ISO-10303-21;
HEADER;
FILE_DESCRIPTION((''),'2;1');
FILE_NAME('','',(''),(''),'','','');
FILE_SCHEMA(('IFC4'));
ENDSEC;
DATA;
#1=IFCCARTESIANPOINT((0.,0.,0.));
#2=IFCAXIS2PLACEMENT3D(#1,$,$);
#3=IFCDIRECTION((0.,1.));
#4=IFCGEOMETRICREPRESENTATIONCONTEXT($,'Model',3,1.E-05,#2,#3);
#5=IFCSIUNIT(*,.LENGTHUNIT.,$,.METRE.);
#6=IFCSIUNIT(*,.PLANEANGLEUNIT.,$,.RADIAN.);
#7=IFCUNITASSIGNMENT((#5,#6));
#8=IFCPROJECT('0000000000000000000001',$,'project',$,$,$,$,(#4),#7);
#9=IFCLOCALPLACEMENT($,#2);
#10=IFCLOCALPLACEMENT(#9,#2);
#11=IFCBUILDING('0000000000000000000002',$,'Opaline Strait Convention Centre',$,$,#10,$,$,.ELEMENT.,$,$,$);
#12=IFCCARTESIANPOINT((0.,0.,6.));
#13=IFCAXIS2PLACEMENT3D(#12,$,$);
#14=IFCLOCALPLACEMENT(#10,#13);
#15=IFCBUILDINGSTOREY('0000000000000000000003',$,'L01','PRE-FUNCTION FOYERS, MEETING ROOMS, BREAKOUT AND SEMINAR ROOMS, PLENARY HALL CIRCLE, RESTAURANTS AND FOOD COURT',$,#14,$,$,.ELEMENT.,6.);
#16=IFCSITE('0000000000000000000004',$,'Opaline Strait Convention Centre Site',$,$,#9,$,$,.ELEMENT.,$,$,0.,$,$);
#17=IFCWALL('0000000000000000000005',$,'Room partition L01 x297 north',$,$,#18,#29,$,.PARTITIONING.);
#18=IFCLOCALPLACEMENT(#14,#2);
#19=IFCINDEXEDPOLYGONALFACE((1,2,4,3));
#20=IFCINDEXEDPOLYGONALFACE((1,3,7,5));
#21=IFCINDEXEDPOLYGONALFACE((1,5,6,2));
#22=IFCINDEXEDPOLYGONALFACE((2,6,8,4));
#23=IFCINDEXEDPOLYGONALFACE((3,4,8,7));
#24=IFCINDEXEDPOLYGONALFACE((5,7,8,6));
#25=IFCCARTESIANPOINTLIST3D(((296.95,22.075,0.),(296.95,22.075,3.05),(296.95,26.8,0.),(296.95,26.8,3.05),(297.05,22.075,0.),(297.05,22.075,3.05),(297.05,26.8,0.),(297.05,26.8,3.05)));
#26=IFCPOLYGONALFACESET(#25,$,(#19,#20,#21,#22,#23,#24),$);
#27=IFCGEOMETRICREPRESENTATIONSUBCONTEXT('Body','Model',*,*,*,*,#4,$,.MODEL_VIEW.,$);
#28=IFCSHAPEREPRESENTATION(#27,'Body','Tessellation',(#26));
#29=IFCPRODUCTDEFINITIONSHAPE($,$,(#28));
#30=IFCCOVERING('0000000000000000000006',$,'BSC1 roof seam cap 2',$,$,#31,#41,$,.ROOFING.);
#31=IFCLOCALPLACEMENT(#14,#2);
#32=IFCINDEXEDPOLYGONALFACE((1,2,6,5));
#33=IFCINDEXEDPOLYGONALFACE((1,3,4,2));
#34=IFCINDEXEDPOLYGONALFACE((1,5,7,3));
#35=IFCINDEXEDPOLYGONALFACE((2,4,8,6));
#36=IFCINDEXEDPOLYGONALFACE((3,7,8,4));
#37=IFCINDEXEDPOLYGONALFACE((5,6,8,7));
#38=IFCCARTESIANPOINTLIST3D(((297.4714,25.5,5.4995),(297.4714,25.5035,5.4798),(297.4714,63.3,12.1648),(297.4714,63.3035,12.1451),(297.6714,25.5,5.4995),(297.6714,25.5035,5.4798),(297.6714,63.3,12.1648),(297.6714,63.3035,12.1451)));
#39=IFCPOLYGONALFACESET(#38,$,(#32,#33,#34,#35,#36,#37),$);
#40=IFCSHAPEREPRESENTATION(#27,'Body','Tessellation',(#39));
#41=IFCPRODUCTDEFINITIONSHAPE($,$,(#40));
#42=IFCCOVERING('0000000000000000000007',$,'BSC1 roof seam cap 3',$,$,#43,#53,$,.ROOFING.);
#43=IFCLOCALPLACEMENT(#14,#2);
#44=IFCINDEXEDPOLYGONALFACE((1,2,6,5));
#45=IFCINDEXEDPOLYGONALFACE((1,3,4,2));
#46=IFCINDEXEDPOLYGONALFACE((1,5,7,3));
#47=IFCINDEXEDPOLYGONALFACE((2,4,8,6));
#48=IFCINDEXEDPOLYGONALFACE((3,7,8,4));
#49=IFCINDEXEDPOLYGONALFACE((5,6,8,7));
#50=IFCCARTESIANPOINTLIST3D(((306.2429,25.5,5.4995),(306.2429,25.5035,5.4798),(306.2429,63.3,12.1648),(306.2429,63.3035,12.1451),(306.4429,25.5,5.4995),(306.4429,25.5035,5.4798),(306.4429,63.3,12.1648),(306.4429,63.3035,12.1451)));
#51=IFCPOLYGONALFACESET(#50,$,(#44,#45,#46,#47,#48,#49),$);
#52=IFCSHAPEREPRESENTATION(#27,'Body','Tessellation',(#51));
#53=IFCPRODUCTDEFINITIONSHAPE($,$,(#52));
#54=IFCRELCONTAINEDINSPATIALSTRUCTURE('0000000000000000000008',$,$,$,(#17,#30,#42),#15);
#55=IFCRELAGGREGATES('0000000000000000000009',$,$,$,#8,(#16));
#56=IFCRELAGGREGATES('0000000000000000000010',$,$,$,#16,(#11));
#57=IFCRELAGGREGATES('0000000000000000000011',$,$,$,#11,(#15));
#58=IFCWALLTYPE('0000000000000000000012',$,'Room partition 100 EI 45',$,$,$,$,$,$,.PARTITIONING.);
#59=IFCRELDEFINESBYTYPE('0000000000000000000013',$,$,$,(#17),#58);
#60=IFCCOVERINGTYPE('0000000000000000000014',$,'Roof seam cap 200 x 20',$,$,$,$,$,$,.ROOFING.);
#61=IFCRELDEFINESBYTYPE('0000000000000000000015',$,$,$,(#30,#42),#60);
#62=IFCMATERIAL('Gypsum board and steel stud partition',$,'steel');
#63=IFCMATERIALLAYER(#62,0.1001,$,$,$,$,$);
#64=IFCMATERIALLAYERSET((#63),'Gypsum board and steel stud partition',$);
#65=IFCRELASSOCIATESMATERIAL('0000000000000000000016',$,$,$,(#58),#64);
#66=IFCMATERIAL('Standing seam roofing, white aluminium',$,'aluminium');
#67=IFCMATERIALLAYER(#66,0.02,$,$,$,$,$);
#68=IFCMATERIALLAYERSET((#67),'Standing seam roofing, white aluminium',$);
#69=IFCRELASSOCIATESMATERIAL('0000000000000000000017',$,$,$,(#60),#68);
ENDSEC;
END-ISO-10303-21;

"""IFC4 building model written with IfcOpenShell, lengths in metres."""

from ifc_helpers import new_model, si_unit, direction, frame, frame_2d, origin, place, context, subcontext, project, spatial, polyline, rectangle, outline, extrude, material, layer, layer_set, type_object, element, save


model = new_model("IFC4")

# Units and contexts
model_context = context("Model", 3, precision=1e-05, world=origin(), true_north=direction((0.0, 1.0)))
body_context = subcontext(model_context, "Body", "Model", "MODEL_VIEW")
ifc_project = project(units=[si_unit("LENGTHUNIT", "METRE"), si_unit("PLANEANGLEUNIT", "RADIAN")], contexts=[model_context])

# Site, building, storey
site_placement = place(None, origin())
site = spatial("IfcSite", under=ifc_project, at=site_placement, Name="Opaline Strait Convention Centre Site", CompositionType="ELEMENT", RefElevation=0.0)
building_placement = place(site_placement, origin())
building = spatial("IfcBuilding", under=site, at=building_placement, Name="Opaline Strait Convention Centre", CompositionType="ELEMENT")
storey_placement = place(building_placement, frame((0.0, 0.0, 6.0)))
storey = spatial("IfcBuildingStorey", under=building, at=storey_placement, Name="L01", Description="PRE-FUNCTION FOYERS, MEETING ROOMS, BREAKOUT AND SEMINAR ROOMS, PLENARY HALL CIRCLE, RESTAURANTS AND FOOD COURT", CompositionType="ELEMENT", Elevation=6.0)

# Shared definitions
ifc_material_1 = material(Name="Gypsum board and steel stud partition", Category="steel")

# Wall
ifc_layer_1 = layer(ifc_material_1, 0.1001)
ifc_layer_set_1 = layer_set([ifc_layer_1], Name="Gypsum board and steel stud partition")
wall_type_1 = type_object("IfcWallType", Name="Room partition 100 EI 45", PredefinedType="PARTITIONING", material=ifc_layer_set_1)
wall_1_placement = place(storey_placement, frame((297.0, 22.075, 0.0), z_axis=(0.0, 0.0, 1.0), x_axis=(0.0, 1.0, 0.0)))
element("IfcWall", 1, at=wall_1_placement, inside=storey, type_object=wall_type_1, Name="Room partition L01 x297 north", PredefinedType="PARTITIONING", context=body_context, shape_type="SweptSolid", body=[
    extrude(rectangle(XDim=4.7251, YDim=0.1001, at=frame_2d((2.3625, 0.0))), origin(), (0.0, 0.0, 1.0), 3.05),
])

# Coverings
ifc_material_2 = material(Name="Standing seam roofing, white aluminium", Category="aluminium")
ifc_layer_2 = layer(ifc_material_2, 0.02)
ifc_layer_set_2 = layer_set([ifc_layer_2], Name="Standing seam roofing, white aluminium")
covering_type = type_object("IfcCoveringType", Name="Roof seam cap 200 x 20", PredefinedType="ROOFING", material=ifc_layer_set_2)
for number, where, z_axis, x_axis, name in (
    (2, (297.4714, 25.5, 5.4995), (0.0, -0.173651, 0.984807), (1.0, 0.0, 0.0), "BSC1 roof seam cap 2"),
    (3, (306.2429, 25.5, 5.4995), (0.0, -0.173651, 0.984807), (1.0, 0.0, 0.0), "BSC1 roof seam cap 3"),
):
    element("IfcCovering", number, at=place(storey_placement, frame(where, z_axis=z_axis, x_axis=x_axis)), inside=storey, type_object=covering_type, Name=name, PredefinedType="ROOFING", context=body_context, shape_type="SweptSolid", body=[
        extrude(outline(polyline([(0.0, 0.0), (0.2, 0.0), (0.2, 38.3832), (0.0, 38.3832), (0.0, 0.0)])), origin(), (0.0, 0.0, -1.0), 0.02),
    ])

save(model, "model.ifc")
